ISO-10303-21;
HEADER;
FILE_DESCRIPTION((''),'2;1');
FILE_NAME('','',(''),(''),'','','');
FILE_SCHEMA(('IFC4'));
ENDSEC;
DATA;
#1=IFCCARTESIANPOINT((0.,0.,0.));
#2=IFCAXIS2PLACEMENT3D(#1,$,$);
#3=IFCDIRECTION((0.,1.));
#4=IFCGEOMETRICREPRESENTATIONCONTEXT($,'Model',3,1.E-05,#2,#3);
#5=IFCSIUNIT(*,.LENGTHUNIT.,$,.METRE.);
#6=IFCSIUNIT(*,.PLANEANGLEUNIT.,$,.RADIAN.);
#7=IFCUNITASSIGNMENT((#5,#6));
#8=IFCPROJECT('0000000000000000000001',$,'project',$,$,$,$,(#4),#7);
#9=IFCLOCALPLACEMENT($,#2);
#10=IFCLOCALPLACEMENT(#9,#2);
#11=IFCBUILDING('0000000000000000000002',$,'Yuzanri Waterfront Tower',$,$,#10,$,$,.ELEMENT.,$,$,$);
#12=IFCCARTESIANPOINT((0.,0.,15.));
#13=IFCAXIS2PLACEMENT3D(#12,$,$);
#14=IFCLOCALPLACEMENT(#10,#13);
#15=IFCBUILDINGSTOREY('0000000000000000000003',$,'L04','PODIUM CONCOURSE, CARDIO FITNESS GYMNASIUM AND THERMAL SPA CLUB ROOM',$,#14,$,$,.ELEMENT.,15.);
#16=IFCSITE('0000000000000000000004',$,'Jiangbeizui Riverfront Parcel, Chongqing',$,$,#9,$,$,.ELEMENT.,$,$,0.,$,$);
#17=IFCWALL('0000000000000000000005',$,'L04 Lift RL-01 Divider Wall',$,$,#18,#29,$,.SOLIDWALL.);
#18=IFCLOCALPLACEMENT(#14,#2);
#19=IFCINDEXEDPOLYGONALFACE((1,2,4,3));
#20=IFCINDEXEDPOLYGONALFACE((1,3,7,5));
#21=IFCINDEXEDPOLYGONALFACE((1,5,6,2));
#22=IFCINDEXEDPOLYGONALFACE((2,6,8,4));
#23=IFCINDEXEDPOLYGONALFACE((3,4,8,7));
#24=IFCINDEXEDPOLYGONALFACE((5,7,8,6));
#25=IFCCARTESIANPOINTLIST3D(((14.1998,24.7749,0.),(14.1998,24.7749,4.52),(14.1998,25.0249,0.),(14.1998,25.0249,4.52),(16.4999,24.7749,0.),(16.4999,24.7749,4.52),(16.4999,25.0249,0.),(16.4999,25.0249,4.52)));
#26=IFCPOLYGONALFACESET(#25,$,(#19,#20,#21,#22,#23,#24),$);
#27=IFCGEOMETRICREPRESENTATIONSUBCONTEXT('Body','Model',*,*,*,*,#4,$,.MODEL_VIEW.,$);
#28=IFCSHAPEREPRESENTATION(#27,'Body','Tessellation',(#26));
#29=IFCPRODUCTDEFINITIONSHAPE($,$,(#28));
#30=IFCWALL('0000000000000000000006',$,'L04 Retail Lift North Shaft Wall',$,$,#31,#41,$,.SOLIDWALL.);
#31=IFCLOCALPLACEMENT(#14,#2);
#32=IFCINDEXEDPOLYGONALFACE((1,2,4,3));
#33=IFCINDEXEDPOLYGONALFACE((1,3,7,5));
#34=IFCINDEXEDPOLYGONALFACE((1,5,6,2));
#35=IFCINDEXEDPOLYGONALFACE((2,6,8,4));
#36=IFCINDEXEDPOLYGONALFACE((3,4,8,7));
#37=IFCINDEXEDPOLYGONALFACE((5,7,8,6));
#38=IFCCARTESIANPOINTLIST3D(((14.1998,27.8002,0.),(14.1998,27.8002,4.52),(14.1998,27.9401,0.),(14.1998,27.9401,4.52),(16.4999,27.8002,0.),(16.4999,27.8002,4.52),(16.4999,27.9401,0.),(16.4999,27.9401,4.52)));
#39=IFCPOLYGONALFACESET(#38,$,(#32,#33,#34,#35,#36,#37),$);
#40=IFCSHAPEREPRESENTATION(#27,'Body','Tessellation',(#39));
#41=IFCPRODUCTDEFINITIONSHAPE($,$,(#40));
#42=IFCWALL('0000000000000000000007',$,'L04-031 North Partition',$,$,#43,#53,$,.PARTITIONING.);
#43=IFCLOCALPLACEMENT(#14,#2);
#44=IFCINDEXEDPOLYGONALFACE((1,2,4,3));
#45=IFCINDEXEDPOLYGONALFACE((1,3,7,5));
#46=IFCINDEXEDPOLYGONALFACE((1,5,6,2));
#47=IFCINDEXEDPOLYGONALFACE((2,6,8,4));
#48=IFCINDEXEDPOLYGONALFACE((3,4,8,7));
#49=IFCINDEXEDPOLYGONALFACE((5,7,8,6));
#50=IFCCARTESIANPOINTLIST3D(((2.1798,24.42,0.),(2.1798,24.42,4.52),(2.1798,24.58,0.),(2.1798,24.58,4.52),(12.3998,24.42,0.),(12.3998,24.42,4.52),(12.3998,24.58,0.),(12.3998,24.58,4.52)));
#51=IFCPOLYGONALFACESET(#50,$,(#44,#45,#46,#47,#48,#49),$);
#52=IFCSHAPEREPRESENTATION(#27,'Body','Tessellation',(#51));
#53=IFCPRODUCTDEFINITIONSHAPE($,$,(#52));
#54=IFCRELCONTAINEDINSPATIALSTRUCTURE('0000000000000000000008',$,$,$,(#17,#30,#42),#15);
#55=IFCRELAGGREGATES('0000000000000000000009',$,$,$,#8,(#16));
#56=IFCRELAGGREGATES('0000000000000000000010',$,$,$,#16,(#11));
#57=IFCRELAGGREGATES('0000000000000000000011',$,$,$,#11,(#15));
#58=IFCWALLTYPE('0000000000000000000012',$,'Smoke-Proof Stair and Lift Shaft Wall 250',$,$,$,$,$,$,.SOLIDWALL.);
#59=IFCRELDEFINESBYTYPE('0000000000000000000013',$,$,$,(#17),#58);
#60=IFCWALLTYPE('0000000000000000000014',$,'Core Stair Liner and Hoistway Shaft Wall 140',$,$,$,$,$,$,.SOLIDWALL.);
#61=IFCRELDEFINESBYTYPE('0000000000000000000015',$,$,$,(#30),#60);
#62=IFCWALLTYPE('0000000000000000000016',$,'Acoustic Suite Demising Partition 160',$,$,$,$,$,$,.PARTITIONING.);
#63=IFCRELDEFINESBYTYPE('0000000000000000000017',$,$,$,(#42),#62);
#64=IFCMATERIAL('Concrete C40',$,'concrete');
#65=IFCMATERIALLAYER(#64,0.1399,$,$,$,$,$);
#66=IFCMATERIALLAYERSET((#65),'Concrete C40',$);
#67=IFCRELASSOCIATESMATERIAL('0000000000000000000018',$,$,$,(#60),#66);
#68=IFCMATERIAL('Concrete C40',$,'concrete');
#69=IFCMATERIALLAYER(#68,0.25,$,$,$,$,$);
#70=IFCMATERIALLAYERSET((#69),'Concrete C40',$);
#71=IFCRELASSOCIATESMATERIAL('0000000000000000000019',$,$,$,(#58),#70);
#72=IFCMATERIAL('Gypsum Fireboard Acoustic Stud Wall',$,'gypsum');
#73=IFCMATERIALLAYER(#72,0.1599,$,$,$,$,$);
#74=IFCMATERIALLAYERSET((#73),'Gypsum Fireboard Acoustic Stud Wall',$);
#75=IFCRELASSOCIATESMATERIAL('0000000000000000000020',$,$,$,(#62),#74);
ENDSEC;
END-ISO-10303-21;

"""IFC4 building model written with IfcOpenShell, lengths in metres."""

from ifc_helpers import new_model, si_unit, direction, frame, frame_2d, origin, place, context, subcontext, project, spatial, rectangle, extrude, source, transform, mapped, material, layer, layer_set, type_object, element, save


model = new_model("IFC4")

# Units and contexts
model_context = context("Model", 3, precision=1e-05, world=origin(), true_north=direction((0.0, 1.0)))
body_context = subcontext(model_context, "Body", "Model", "MODEL_VIEW")
ifc_project = project(units=[si_unit("LENGTHUNIT", "METRE"), si_unit("PLANEANGLEUNIT", "RADIAN")], contexts=[model_context])

# Site, building, storey
site_placement = place(None, origin())
site = spatial("IfcSite", under=ifc_project, at=site_placement, Name="Jiangbeizui Riverfront Parcel, Chongqing", CompositionType="ELEMENT", RefElevation=0.0)
building_placement = place(site_placement, origin())
building = spatial("IfcBuilding", under=site, at=building_placement, Name="Yuzanri Waterfront Tower", CompositionType="ELEMENT")
storey_placement = place(building_placement, frame((0.0, 0.0, 15.0)))
storey = spatial("IfcBuildingStorey", under=building, at=storey_placement, Name="L04", Description="PODIUM CONCOURSE, CARDIO FITNESS GYMNASIUM AND THERMAL SPA CLUB ROOM", CompositionType="ELEMENT", Elevation=15.0)

# Shared definitions
ifc_material_1 = material(Name="Concrete C40", Category="concrete")
ifc_layer_1 = layer(ifc_material_1, 0.1399)
ifc_layer_set_1 = layer_set([ifc_layer_1], Name="Concrete C40")
wall_type_1 = type_object("IfcWallType", Name="Core Stair Liner and Hoistway Shaft Wall 140", PredefinedType="SOLIDWALL", material=ifc_layer_set_1)

# Walls
ifc_material_2 = material(Name="Concrete C40", Category="concrete")
ifc_layer_2 = layer(ifc_material_2, 0.25)
ifc_layer_set_2 = layer_set([ifc_layer_2], Name="Concrete C40")
wall_type_2 = type_object("IfcWallType", Name="Smoke-Proof Stair and Lift Shaft Wall 250", PredefinedType="SOLIDWALL", material=ifc_layer_set_2)
shared_shape_1 = source(origin(), body_context, "Body", "SweptSolid", [
    extrude(rectangle(XDim=2.3, YDim=0.25, at=frame_2d((1.1499, 0.0))), origin(), (0.0, 0.0, 1.0), 4.52),
])
wall_1_placement = place(storey_placement, frame((14.2, 24.8999, 0.0), z_axis=(0.0, 0.0, 1.0), x_axis=(1.0, 0.0, 0.0)))
element("IfcWall", 1, at=wall_1_placement, inside=storey, type_object=wall_type_2, Name="L04 Lift RL-01 Divider Wall", PredefinedType="SOLIDWALL", context=body_context, shape_type="MappedRepresentation", body=[
    mapped(shared_shape_1, transform((0.0, 0.0, 0.0), scale=1.0)),
])
shared_shape_2 = source(origin(), body_context, "Body", "SweptSolid", [
    extrude(rectangle(XDim=2.3, YDim=0.1399, at=frame_2d((1.1499, 0.0))), origin(), (0.0, 0.0, 1.0), 4.52),
])
wall_2_placement = place(storey_placement, frame((14.2, 27.8701, 0.0), z_axis=(0.0, 0.0, 1.0), x_axis=(1.0, 0.0, 0.0)))
element("IfcWall", 2, at=wall_2_placement, inside=storey, type_object=wall_type_1, Name="L04 Retail Lift North Shaft Wall", PredefinedType="SOLIDWALL", context=body_context, shape_type="MappedRepresentation", body=[
    mapped(shared_shape_2, transform((0.0, 0.0, 0.0), scale=1.0)),
])
ifc_material_3 = material(Name="Gypsum Fireboard Acoustic Stud Wall", Category="gypsum")
ifc_layer_3 = layer(ifc_material_3, 0.1599)
ifc_layer_set_3 = layer_set([ifc_layer_3], Name="Gypsum Fireboard Acoustic Stud Wall")
wall_type_3 = type_object("IfcWallType", Name="Acoustic Suite Demising Partition 160", PredefinedType="PARTITIONING", material=ifc_layer_set_3)
shared_shape_3 = source(origin(), body_context, "Body", "SweptSolid", [
    extrude(rectangle(XDim=10.22, YDim=0.1599, at=frame_2d((5.1099, 0.0))), origin(), (0.0, 0.0, 1.0), 4.52),
])
wall_3_placement = place(storey_placement, frame((2.1799, 24.5, 0.0), z_axis=(0.0, 0.0, 1.0), x_axis=(1.0, 0.0, 0.0)))
element("IfcWall", 3, at=wall_3_placement, inside=storey, type_object=wall_type_3, Name="L04-031 North Partition", PredefinedType="PARTITIONING", context=body_context, shape_type="MappedRepresentation", body=[
    mapped(shared_shape_3, transform((0.0, 0.0, 0.0), scale=1.0)),
])

save(model, "model.ifc")
